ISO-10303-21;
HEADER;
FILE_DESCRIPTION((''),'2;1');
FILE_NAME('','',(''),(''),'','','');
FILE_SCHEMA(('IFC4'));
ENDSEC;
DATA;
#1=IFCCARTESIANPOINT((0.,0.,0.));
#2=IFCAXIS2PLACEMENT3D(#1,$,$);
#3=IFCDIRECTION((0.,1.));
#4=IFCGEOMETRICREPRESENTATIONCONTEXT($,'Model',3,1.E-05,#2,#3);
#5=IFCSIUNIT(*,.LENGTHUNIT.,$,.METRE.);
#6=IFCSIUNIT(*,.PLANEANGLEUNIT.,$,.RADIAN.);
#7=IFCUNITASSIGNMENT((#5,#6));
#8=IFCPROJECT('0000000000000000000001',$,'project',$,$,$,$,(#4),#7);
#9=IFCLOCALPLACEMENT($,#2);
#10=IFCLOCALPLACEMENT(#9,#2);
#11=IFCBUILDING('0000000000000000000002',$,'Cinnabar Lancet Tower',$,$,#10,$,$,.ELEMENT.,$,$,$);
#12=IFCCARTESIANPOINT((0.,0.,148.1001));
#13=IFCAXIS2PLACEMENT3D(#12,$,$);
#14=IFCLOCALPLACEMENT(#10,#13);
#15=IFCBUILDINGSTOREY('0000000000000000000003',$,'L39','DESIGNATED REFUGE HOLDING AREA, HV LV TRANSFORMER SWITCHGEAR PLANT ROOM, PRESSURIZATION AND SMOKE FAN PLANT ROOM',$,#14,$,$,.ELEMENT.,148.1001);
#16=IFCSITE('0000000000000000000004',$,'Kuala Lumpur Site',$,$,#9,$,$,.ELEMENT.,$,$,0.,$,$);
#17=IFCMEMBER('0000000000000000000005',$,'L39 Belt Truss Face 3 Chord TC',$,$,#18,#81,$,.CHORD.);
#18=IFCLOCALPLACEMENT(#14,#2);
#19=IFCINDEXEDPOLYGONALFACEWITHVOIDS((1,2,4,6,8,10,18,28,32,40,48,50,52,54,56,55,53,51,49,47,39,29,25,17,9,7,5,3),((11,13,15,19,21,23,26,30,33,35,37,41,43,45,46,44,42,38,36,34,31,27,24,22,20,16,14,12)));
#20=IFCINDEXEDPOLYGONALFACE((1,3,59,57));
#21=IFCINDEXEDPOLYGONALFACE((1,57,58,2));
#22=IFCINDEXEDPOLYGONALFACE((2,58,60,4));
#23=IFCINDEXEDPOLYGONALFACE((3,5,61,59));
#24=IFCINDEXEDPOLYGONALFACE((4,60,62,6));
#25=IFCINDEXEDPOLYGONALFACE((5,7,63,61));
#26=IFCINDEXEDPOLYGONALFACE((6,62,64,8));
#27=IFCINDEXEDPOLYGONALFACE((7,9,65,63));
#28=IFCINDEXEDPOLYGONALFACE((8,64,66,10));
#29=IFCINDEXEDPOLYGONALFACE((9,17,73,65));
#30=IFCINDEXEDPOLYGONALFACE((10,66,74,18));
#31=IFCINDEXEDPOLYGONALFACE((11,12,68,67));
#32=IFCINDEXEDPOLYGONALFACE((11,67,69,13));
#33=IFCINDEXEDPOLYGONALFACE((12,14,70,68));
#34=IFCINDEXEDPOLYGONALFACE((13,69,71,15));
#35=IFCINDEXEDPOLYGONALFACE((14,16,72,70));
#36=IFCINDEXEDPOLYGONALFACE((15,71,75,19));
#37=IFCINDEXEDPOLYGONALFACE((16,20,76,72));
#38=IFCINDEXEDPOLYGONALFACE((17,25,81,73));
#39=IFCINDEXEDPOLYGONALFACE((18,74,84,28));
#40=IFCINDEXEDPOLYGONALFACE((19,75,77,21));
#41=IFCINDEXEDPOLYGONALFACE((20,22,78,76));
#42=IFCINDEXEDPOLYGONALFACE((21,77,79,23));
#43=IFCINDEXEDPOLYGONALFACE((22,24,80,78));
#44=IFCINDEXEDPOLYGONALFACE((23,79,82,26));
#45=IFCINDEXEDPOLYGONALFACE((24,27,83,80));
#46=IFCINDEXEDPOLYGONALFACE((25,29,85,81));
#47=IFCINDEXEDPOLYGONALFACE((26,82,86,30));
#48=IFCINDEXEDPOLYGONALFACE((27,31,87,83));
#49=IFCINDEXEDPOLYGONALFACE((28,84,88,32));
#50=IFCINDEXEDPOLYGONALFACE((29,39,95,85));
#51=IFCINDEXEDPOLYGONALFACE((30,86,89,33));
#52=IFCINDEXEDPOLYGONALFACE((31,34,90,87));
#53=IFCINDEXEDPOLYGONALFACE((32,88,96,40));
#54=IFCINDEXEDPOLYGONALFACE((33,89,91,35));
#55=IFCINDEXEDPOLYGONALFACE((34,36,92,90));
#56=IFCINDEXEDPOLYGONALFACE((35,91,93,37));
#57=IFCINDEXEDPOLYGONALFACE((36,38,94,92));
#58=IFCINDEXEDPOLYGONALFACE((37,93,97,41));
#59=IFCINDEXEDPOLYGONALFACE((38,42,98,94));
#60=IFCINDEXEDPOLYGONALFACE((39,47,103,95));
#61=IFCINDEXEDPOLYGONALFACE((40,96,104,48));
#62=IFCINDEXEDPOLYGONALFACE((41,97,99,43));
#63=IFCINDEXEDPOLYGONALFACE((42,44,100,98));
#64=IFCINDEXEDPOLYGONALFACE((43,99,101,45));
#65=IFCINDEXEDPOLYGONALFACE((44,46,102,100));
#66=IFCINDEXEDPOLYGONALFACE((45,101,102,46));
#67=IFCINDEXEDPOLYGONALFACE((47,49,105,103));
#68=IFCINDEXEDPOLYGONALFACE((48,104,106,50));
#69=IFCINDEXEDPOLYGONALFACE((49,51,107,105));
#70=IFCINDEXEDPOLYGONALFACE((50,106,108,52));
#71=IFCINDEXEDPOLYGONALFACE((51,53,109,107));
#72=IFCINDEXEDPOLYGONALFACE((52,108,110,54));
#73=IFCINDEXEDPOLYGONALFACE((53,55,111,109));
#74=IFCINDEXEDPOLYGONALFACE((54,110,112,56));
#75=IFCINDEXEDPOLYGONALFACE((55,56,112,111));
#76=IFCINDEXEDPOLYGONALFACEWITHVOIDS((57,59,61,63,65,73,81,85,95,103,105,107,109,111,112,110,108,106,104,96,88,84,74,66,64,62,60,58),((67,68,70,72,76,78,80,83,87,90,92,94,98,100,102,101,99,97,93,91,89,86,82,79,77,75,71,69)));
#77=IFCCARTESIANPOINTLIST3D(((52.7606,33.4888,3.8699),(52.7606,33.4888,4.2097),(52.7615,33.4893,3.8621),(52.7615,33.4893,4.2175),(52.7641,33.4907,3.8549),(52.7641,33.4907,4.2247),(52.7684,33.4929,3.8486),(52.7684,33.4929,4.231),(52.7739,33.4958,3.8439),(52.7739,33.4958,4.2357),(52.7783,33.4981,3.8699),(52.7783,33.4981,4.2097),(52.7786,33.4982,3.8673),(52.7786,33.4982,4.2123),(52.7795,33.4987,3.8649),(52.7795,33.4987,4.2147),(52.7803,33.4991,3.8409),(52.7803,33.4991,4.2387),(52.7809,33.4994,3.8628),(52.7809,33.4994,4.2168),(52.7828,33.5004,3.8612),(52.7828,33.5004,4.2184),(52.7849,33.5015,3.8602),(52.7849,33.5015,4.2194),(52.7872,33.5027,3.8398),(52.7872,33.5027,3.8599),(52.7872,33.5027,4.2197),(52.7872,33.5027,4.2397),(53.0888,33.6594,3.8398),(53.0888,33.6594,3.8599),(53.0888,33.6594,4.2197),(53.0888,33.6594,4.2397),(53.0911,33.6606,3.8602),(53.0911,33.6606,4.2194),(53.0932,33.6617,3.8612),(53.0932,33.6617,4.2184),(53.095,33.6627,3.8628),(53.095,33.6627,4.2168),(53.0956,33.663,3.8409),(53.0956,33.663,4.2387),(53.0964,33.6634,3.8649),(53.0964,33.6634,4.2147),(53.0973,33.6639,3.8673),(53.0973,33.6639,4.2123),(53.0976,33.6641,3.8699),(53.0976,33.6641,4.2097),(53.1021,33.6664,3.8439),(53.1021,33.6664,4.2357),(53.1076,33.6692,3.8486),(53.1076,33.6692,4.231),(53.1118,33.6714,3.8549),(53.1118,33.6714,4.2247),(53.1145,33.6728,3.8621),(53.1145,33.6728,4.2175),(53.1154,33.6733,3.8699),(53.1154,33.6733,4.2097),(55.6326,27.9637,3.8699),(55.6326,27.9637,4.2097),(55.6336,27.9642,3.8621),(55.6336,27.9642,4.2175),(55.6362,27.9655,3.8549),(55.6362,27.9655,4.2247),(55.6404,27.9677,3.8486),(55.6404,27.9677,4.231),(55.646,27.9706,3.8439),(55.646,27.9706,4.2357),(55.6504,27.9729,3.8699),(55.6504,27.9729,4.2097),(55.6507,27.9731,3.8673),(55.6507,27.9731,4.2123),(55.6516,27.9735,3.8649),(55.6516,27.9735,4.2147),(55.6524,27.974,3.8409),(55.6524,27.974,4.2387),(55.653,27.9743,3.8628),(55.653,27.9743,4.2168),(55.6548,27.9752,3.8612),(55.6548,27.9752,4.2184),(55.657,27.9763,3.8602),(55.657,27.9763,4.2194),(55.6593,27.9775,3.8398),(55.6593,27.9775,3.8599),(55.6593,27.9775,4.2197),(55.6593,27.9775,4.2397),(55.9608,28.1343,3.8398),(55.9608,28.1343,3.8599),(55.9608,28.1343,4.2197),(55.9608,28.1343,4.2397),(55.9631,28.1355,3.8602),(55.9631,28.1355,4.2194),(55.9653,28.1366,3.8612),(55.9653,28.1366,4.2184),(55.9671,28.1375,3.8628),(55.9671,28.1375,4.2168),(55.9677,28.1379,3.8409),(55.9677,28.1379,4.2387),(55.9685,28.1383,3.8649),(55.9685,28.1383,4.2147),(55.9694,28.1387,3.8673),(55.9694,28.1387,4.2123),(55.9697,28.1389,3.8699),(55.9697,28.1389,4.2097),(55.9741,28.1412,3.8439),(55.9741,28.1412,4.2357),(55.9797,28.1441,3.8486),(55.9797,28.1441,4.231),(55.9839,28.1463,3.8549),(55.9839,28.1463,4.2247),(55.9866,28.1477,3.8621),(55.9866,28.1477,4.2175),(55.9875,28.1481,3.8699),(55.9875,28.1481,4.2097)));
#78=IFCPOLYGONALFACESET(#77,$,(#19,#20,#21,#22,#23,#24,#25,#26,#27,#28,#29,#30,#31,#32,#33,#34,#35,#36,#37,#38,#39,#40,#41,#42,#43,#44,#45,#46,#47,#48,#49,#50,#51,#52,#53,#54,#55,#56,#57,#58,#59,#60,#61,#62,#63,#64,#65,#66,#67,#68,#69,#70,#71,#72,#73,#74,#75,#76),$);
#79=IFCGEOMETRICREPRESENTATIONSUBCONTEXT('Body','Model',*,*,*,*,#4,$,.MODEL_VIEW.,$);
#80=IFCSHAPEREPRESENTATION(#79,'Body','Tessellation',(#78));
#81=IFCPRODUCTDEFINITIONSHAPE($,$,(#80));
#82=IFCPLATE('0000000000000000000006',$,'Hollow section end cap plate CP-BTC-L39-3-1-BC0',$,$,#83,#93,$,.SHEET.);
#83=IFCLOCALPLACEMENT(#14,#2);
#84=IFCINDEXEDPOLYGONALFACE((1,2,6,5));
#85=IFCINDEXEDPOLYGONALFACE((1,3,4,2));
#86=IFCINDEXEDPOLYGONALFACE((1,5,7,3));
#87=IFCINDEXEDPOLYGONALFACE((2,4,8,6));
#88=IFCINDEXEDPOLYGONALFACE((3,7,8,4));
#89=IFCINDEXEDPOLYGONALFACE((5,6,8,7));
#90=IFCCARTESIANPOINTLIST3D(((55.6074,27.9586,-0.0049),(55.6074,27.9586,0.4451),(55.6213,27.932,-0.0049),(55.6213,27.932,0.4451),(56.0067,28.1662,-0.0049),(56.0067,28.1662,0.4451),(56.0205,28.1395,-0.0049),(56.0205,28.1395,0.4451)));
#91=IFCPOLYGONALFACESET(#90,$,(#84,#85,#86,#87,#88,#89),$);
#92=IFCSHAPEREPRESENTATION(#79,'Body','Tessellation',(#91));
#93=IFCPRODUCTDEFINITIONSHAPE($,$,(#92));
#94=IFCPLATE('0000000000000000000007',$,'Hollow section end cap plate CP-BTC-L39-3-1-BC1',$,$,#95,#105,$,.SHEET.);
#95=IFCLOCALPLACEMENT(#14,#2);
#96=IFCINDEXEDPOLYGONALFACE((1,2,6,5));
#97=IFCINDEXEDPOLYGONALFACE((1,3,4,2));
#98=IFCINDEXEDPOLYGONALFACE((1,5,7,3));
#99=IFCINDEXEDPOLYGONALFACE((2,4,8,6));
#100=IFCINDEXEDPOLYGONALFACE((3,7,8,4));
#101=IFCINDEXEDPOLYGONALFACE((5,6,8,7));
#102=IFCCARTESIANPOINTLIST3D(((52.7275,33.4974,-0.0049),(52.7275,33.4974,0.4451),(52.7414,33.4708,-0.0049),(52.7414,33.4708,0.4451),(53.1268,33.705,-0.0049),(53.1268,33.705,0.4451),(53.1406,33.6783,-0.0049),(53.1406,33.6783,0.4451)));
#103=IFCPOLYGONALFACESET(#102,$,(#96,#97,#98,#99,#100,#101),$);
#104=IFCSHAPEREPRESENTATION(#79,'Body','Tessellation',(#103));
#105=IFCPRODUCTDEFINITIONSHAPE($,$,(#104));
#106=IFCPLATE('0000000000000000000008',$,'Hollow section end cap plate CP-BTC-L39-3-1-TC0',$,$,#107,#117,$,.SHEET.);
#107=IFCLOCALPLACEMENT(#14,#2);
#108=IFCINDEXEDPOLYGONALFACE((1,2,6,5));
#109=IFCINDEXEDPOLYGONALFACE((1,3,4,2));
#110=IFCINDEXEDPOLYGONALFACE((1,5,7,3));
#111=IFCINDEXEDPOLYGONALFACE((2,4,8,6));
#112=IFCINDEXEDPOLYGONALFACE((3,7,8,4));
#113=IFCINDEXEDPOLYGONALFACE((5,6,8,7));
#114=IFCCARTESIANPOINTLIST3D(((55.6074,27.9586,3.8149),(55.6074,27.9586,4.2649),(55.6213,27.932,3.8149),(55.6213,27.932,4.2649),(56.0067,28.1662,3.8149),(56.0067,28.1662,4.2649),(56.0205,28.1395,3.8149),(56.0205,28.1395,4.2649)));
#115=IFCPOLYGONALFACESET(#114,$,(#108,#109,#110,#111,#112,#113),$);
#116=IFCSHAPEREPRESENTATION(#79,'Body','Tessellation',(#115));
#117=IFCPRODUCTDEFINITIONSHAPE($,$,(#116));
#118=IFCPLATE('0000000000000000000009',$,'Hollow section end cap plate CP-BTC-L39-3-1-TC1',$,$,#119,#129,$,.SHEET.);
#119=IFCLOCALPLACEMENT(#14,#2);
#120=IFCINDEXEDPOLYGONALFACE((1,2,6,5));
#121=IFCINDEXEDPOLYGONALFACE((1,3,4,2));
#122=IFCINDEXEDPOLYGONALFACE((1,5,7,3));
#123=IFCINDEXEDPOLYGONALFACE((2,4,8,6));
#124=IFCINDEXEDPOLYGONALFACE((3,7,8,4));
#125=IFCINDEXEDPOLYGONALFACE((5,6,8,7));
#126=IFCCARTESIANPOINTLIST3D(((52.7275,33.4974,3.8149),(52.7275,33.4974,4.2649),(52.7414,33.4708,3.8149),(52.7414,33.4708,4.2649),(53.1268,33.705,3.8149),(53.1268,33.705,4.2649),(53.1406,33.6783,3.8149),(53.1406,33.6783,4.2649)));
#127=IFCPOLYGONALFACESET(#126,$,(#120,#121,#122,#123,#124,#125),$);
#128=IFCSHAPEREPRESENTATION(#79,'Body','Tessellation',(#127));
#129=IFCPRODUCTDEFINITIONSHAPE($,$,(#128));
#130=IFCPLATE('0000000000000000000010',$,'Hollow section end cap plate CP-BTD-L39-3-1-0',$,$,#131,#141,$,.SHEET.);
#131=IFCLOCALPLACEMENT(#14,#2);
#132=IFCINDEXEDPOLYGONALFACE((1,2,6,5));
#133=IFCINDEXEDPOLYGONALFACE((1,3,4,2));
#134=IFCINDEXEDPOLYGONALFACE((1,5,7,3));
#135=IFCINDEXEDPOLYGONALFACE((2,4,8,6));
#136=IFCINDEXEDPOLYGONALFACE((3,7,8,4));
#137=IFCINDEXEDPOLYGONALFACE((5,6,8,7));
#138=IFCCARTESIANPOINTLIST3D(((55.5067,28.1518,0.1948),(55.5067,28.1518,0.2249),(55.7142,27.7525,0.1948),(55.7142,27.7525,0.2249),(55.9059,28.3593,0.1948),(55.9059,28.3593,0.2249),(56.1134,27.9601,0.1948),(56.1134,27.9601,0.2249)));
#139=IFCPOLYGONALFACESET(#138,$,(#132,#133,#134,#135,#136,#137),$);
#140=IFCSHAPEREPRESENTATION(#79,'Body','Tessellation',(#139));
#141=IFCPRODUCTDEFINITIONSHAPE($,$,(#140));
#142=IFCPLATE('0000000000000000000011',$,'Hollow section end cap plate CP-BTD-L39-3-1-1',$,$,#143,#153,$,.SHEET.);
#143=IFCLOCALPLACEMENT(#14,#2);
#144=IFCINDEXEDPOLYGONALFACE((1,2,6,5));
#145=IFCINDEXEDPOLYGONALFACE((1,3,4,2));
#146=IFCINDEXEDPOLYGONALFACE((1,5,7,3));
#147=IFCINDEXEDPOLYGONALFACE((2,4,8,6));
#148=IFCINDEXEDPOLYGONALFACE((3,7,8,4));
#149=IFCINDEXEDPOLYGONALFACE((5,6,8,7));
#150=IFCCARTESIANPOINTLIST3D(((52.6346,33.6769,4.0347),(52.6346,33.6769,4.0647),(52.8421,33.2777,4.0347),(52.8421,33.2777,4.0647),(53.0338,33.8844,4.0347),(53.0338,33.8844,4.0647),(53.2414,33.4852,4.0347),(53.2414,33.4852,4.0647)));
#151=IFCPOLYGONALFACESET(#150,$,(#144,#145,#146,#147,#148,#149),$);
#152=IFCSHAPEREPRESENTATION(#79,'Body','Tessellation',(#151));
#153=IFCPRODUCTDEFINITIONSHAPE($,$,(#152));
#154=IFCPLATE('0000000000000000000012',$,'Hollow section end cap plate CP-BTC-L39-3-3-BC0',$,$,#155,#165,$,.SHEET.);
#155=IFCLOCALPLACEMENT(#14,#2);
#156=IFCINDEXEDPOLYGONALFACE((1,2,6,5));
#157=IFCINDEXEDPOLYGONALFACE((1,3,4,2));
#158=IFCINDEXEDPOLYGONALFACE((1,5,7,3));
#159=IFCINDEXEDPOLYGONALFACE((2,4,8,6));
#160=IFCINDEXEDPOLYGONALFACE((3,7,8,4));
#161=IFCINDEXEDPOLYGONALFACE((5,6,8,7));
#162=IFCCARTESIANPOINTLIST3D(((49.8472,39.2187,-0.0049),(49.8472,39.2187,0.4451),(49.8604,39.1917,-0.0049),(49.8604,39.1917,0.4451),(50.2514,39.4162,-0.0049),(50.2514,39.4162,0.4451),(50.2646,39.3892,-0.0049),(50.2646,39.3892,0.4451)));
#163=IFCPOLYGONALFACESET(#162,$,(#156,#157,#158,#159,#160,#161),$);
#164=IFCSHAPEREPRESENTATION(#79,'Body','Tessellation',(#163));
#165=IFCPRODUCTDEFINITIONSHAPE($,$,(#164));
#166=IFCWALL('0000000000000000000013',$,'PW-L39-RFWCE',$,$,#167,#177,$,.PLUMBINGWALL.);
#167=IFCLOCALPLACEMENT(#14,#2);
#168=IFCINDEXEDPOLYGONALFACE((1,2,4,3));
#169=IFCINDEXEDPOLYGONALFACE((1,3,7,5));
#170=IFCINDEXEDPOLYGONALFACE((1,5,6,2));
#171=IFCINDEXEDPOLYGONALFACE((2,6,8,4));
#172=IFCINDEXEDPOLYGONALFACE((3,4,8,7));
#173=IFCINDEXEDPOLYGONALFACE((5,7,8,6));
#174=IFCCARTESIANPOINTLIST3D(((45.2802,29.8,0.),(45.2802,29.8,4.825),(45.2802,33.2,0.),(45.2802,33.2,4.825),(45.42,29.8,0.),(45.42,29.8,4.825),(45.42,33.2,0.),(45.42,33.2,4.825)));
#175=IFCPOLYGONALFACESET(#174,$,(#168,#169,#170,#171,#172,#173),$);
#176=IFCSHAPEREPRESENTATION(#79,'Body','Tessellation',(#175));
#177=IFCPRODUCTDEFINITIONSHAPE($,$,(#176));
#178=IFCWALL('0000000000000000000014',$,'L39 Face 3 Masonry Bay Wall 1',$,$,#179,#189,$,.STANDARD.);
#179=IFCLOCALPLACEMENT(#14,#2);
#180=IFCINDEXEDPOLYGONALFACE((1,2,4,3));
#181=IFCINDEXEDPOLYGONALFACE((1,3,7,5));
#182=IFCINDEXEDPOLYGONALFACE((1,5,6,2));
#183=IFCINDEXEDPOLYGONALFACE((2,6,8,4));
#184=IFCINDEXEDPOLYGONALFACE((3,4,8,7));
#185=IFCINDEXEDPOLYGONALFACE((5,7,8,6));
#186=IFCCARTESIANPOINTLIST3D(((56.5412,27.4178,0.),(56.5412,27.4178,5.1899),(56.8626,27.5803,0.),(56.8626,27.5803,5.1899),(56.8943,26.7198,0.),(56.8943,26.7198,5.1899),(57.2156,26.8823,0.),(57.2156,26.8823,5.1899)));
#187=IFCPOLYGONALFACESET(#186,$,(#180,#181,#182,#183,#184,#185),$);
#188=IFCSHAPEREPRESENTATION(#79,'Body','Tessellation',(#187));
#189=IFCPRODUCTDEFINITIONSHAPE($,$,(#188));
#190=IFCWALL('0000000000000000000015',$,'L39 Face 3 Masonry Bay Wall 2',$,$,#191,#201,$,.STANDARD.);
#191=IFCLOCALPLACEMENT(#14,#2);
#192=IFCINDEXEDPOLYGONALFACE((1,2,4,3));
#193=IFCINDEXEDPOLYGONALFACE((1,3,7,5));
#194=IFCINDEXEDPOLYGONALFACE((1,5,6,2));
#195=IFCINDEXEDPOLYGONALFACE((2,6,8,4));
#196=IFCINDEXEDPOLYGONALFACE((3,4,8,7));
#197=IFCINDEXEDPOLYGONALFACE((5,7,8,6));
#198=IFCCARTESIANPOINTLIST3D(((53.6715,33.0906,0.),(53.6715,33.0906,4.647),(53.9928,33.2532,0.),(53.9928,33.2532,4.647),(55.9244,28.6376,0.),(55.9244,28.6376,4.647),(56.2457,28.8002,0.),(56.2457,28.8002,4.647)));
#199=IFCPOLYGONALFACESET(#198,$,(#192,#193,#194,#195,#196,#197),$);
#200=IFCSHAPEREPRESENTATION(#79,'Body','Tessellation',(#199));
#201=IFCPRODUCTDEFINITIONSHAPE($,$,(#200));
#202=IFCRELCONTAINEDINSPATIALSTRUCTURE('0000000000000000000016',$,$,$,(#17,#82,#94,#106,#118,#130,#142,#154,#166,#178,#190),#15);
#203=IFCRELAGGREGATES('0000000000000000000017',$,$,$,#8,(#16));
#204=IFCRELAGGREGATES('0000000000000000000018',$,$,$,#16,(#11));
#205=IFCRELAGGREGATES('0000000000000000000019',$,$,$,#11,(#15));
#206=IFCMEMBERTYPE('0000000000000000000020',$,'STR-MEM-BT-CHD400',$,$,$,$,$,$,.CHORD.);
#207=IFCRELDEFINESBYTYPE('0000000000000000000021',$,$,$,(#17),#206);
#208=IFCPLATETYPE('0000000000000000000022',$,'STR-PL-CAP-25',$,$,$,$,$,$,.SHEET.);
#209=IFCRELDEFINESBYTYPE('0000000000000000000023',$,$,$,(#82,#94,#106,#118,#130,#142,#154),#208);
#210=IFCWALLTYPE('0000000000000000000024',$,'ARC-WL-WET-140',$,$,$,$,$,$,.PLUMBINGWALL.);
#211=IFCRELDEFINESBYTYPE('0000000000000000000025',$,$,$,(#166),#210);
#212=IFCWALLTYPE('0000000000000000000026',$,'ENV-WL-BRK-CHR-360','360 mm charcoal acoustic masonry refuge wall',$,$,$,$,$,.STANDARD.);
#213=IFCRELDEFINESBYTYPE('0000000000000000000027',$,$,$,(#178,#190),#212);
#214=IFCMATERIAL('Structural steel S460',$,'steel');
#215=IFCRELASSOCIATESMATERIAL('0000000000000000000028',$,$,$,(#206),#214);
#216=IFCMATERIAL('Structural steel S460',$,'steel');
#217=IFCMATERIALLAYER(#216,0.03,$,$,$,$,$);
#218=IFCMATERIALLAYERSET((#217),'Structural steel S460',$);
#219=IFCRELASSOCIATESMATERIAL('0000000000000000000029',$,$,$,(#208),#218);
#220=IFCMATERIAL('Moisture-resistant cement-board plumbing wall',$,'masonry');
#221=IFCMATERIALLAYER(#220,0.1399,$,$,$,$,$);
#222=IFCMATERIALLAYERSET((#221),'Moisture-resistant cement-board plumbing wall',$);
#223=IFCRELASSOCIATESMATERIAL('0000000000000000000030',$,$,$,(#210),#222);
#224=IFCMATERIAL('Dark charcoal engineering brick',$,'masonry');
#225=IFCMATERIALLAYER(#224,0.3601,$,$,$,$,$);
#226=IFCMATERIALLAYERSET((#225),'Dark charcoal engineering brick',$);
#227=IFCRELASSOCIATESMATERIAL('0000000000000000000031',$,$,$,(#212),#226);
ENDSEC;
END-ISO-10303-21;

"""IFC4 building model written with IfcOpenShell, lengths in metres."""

from ifc_helpers import new_model, si_unit, direction, frame, frame_2d, origin, origin_2d, place, context, subcontext, project, spatial, rectangle, hollow_rectangle, extrude, material, layer, layer_set, material_profile, profile_set, type_object, element, save


model = new_model("IFC4")

# Units and contexts
model_context = context("Model", 3, precision=1e-05, world=origin(), true_north=direction((0.0, 1.0)))
body_context = subcontext(model_context, "Body", "Model", "MODEL_VIEW")
ifc_project = project(units=[si_unit("LENGTHUNIT", "METRE"), si_unit("PLANEANGLEUNIT", "RADIAN")], contexts=[model_context])

# Site, building, storey
site_placement = place(None, origin())
site = spatial("IfcSite", under=ifc_project, at=site_placement, Name="Kuala Lumpur Site", CompositionType="ELEMENT", RefElevation=0.0)
building_placement = place(site_placement, origin())
building = spatial("IfcBuilding", under=site, at=building_placement, Name="Cinnabar Lancet Tower", CompositionType="ELEMENT")
storey_placement = place(building_placement, frame((0.0, 0.0, 148.1001)))
storey = spatial("IfcBuildingStorey", under=building, at=storey_placement, Name="L39", Description="DESIGNATED REFUGE HOLDING AREA, HV LV TRANSFORMER SWITCHGEAR PLANT ROOM, PRESSURIZATION AND SMOKE FAN PLANT ROOM", CompositionType="ELEMENT", Elevation=148.1001)

# Member
ifc_material_1 = material(Name="Structural steel S460", Category="steel")
ifc_material_profile_1 = material_profile(ifc_material_1, hollow_rectangle(XDim=0.3999, YDim=0.3999, WallThickness=0.02, InnerFilletRadius=0.01, OuterFilletRadius=0.03, at=origin_2d()), Name="SHS 400x400x20")
ifc_profile_set_1 = profile_set([ifc_material_profile_1], Name="Structural steel S460")
member_type_1 = type_object("IfcMemberType", Name="STR-MEM-BT-CHD400", PredefinedType="CHORD", material=ifc_profile_set_1)
for number, where, z_axis, x_axis, name in (
    (1, (55.8101, 28.0559, 4.0398), (-0.461226, 0.887283, 0.0), (-0.887283, -0.461226, 0.0), "L39 Belt Truss Face 3 Chord TC"),
):
    element("IfcMember", number, at=place(storey_placement, frame(where, z_axis=z_axis, x_axis=x_axis)), inside=storey, type_object=member_type_1, Name=name, PredefinedType="CHORD", context=body_context, shape_type="SweptSolid", body=[
        extrude(hollow_rectangle(XDim=0.3999, YDim=0.3999, WallThickness=0.02, InnerFilletRadius=0.01, OuterFilletRadius=0.03, at=origin_2d()), origin(), (0.0, 0.0, 1.0), 6.2271),
    ])

# Plates
ifc_material_2 = material(Name="Structural steel S460", Category="steel")
ifc_layer_1 = layer(ifc_material_2, 0.03)
ifc_layer_set_1 = layer_set([ifc_layer_1], Name="Structural steel S460")
plate_type = type_object("IfcPlateType", Name="STR-PL-CAP-25", PredefinedType="SHEET", material=ifc_layer_set_1)
for number, where, z_axis, x_axis, name in (
    (2, (55.814, 28.0491, -0.0049), (0.0, 0.0, 1.0), (0.461222, -0.887285, 0.0), "Hollow section end cap plate CP-BTC-L39-3-1-BC0"),
    (3, (52.9341, 33.5879, -0.0049), (0.0, 0.0, 1.0), (-0.461222, 0.887285, 0.0), "Hollow section end cap plate CP-BTC-L39-3-1-BC1"),
    (4, (55.814, 28.0491, 3.8149), (0.0, 0.0, 1.0), (0.461222, -0.887285, 0.0), "Hollow section end cap plate CP-BTC-L39-3-1-TC0"),
    (5, (52.9341, 33.5879, 3.8149), (0.0, 0.0, 1.0), (-0.461222, 0.887285, 0.0), "Hollow section end cap plate CP-BTC-L39-3-1-TC1"),
):
    element("IfcPlate", number, at=place(storey_placement, frame(where, z_axis=z_axis, x_axis=x_axis)), inside=storey, type_object=plate_type, Name=name, PredefinedType="SHEET", context=body_context, shape_type="SweptSolid", body=[
        extrude(rectangle(XDim=0.03, YDim=0.45, at=origin_2d()), origin(), (0.0, 0.0, 1.0), 0.45),
    ])
for number, where, z_axis, x_axis, name in (
    (6, (55.8101, 28.0559, 0.1948), (0.0, 0.0, 1.0), (0.461222, -0.887285, 0.0), "Hollow section end cap plate CP-BTD-L39-3-1-0"),
    (7, (52.938, 33.5811, 4.0347), (0.0, 0.0, 1.0), (-0.461222, 0.887285, 0.0), "Hollow section end cap plate CP-BTD-L39-3-1-1"),
):
    element("IfcPlate", number, at=place(storey_placement, frame(where, z_axis=z_axis, x_axis=x_axis)), inside=storey, type_object=plate_type, Name=name, PredefinedType="SHEET", context=body_context, shape_type="SweptSolid", body=[
        extrude(rectangle(XDim=0.45, YDim=0.45, at=origin_2d()), origin(), (0.0, 0.0, 1.0), 0.03),
    ])
plate_placement = place(storey_placement, frame((50.0559, 39.304, -0.0049), z_axis=(0.0, 0.0, 1.0), x_axis=(0.439061, -0.898457, 0.0)))
element("IfcPlate", 8, at=plate_placement, inside=storey, type_object=plate_type, Name="Hollow section end cap plate CP-BTC-L39-3-3-BC0", PredefinedType="SHEET", context=body_context, shape_type="SweptSolid", body=[
    extrude(rectangle(XDim=0.03, YDim=0.45, at=origin_2d()), origin(), (0.0, 0.0, 1.0), 0.45),
])

# Walls
ifc_material_3 = material(Name="Moisture-resistant cement-board plumbing wall", Category="masonry")
ifc_layer_2 = layer(ifc_material_3, 0.1399)
ifc_layer_set_2 = layer_set([ifc_layer_2], Name="Moisture-resistant cement-board plumbing wall")
wall_type_1 = type_object("IfcWallType", Name="ARC-WL-WET-140", PredefinedType="PLUMBINGWALL", material=ifc_layer_set_2)
wall_1_placement = place(storey_placement, frame((45.3501, 29.8, 0.0), z_axis=(0.0, 0.0, 1.0), x_axis=(0.0, 1.0, 0.0)))
element("IfcWall", 9, at=wall_1_placement, inside=storey, type_object=wall_type_1, Name="PW-L39-RFWCE", PredefinedType="PLUMBINGWALL", context=body_context, shape_type="SweptSolid", body=[
    extrude(rectangle(XDim=3.3999, YDim=0.1399, at=frame_2d((1.7, 0.0))), origin(), (0.0, 0.0, 1.0), 4.825),
])
ifc_material_4 = material(Name="Dark charcoal engineering brick", Category="masonry")
ifc_layer_3 = layer(ifc_material_4, 0.3601)
ifc_layer_set_3 = layer_set([ifc_layer_3], Name="Dark charcoal engineering brick")
wall_type_2 = type_object("IfcWallType", Name="ENV-WL-BRK-CHR-360", Description="360 mm charcoal acoustic masonry refuge wall", PredefinedType="STANDARD", material=ifc_layer_set_3)
wall_2_placement = place(storey_placement, frame((57.0549, 26.801, 0.0), z_axis=(0.0, 0.0, 1.0), x_axis=(-0.451329, 0.892358, 0.0)))
element("IfcWall", 10, at=wall_2_placement, inside=storey, type_object=wall_type_2, Name="L39 Face 3 Masonry Bay Wall 1", PredefinedType="STANDARD", context=body_context, shape_type="SweptSolid", body=[
    extrude(rectangle(XDim=0.7822, YDim=0.3601, at=frame_2d((0.3911, 0.0))), origin(), (0.0, 0.0, 1.0), 5.1899),
])
wall_3_placement = place(storey_placement, frame((56.085, 28.719, 0.0), z_axis=(0.0, 0.0, 1.0), x_axis=(-0.451435, 0.892304, 0.0)))
element("IfcWall", 11, at=wall_3_placement, inside=storey, type_object=wall_type_2, Name="L39 Face 3 Masonry Bay Wall 2", PredefinedType="STANDARD", context=body_context, shape_type="SweptSolid", body=[
    extrude(rectangle(XDim=4.9905, YDim=0.3601, at=frame_2d((2.4951, 0.0))), origin(), (0.0, 0.0, 1.0), 4.647),
])

save(model, "model.ifc")
